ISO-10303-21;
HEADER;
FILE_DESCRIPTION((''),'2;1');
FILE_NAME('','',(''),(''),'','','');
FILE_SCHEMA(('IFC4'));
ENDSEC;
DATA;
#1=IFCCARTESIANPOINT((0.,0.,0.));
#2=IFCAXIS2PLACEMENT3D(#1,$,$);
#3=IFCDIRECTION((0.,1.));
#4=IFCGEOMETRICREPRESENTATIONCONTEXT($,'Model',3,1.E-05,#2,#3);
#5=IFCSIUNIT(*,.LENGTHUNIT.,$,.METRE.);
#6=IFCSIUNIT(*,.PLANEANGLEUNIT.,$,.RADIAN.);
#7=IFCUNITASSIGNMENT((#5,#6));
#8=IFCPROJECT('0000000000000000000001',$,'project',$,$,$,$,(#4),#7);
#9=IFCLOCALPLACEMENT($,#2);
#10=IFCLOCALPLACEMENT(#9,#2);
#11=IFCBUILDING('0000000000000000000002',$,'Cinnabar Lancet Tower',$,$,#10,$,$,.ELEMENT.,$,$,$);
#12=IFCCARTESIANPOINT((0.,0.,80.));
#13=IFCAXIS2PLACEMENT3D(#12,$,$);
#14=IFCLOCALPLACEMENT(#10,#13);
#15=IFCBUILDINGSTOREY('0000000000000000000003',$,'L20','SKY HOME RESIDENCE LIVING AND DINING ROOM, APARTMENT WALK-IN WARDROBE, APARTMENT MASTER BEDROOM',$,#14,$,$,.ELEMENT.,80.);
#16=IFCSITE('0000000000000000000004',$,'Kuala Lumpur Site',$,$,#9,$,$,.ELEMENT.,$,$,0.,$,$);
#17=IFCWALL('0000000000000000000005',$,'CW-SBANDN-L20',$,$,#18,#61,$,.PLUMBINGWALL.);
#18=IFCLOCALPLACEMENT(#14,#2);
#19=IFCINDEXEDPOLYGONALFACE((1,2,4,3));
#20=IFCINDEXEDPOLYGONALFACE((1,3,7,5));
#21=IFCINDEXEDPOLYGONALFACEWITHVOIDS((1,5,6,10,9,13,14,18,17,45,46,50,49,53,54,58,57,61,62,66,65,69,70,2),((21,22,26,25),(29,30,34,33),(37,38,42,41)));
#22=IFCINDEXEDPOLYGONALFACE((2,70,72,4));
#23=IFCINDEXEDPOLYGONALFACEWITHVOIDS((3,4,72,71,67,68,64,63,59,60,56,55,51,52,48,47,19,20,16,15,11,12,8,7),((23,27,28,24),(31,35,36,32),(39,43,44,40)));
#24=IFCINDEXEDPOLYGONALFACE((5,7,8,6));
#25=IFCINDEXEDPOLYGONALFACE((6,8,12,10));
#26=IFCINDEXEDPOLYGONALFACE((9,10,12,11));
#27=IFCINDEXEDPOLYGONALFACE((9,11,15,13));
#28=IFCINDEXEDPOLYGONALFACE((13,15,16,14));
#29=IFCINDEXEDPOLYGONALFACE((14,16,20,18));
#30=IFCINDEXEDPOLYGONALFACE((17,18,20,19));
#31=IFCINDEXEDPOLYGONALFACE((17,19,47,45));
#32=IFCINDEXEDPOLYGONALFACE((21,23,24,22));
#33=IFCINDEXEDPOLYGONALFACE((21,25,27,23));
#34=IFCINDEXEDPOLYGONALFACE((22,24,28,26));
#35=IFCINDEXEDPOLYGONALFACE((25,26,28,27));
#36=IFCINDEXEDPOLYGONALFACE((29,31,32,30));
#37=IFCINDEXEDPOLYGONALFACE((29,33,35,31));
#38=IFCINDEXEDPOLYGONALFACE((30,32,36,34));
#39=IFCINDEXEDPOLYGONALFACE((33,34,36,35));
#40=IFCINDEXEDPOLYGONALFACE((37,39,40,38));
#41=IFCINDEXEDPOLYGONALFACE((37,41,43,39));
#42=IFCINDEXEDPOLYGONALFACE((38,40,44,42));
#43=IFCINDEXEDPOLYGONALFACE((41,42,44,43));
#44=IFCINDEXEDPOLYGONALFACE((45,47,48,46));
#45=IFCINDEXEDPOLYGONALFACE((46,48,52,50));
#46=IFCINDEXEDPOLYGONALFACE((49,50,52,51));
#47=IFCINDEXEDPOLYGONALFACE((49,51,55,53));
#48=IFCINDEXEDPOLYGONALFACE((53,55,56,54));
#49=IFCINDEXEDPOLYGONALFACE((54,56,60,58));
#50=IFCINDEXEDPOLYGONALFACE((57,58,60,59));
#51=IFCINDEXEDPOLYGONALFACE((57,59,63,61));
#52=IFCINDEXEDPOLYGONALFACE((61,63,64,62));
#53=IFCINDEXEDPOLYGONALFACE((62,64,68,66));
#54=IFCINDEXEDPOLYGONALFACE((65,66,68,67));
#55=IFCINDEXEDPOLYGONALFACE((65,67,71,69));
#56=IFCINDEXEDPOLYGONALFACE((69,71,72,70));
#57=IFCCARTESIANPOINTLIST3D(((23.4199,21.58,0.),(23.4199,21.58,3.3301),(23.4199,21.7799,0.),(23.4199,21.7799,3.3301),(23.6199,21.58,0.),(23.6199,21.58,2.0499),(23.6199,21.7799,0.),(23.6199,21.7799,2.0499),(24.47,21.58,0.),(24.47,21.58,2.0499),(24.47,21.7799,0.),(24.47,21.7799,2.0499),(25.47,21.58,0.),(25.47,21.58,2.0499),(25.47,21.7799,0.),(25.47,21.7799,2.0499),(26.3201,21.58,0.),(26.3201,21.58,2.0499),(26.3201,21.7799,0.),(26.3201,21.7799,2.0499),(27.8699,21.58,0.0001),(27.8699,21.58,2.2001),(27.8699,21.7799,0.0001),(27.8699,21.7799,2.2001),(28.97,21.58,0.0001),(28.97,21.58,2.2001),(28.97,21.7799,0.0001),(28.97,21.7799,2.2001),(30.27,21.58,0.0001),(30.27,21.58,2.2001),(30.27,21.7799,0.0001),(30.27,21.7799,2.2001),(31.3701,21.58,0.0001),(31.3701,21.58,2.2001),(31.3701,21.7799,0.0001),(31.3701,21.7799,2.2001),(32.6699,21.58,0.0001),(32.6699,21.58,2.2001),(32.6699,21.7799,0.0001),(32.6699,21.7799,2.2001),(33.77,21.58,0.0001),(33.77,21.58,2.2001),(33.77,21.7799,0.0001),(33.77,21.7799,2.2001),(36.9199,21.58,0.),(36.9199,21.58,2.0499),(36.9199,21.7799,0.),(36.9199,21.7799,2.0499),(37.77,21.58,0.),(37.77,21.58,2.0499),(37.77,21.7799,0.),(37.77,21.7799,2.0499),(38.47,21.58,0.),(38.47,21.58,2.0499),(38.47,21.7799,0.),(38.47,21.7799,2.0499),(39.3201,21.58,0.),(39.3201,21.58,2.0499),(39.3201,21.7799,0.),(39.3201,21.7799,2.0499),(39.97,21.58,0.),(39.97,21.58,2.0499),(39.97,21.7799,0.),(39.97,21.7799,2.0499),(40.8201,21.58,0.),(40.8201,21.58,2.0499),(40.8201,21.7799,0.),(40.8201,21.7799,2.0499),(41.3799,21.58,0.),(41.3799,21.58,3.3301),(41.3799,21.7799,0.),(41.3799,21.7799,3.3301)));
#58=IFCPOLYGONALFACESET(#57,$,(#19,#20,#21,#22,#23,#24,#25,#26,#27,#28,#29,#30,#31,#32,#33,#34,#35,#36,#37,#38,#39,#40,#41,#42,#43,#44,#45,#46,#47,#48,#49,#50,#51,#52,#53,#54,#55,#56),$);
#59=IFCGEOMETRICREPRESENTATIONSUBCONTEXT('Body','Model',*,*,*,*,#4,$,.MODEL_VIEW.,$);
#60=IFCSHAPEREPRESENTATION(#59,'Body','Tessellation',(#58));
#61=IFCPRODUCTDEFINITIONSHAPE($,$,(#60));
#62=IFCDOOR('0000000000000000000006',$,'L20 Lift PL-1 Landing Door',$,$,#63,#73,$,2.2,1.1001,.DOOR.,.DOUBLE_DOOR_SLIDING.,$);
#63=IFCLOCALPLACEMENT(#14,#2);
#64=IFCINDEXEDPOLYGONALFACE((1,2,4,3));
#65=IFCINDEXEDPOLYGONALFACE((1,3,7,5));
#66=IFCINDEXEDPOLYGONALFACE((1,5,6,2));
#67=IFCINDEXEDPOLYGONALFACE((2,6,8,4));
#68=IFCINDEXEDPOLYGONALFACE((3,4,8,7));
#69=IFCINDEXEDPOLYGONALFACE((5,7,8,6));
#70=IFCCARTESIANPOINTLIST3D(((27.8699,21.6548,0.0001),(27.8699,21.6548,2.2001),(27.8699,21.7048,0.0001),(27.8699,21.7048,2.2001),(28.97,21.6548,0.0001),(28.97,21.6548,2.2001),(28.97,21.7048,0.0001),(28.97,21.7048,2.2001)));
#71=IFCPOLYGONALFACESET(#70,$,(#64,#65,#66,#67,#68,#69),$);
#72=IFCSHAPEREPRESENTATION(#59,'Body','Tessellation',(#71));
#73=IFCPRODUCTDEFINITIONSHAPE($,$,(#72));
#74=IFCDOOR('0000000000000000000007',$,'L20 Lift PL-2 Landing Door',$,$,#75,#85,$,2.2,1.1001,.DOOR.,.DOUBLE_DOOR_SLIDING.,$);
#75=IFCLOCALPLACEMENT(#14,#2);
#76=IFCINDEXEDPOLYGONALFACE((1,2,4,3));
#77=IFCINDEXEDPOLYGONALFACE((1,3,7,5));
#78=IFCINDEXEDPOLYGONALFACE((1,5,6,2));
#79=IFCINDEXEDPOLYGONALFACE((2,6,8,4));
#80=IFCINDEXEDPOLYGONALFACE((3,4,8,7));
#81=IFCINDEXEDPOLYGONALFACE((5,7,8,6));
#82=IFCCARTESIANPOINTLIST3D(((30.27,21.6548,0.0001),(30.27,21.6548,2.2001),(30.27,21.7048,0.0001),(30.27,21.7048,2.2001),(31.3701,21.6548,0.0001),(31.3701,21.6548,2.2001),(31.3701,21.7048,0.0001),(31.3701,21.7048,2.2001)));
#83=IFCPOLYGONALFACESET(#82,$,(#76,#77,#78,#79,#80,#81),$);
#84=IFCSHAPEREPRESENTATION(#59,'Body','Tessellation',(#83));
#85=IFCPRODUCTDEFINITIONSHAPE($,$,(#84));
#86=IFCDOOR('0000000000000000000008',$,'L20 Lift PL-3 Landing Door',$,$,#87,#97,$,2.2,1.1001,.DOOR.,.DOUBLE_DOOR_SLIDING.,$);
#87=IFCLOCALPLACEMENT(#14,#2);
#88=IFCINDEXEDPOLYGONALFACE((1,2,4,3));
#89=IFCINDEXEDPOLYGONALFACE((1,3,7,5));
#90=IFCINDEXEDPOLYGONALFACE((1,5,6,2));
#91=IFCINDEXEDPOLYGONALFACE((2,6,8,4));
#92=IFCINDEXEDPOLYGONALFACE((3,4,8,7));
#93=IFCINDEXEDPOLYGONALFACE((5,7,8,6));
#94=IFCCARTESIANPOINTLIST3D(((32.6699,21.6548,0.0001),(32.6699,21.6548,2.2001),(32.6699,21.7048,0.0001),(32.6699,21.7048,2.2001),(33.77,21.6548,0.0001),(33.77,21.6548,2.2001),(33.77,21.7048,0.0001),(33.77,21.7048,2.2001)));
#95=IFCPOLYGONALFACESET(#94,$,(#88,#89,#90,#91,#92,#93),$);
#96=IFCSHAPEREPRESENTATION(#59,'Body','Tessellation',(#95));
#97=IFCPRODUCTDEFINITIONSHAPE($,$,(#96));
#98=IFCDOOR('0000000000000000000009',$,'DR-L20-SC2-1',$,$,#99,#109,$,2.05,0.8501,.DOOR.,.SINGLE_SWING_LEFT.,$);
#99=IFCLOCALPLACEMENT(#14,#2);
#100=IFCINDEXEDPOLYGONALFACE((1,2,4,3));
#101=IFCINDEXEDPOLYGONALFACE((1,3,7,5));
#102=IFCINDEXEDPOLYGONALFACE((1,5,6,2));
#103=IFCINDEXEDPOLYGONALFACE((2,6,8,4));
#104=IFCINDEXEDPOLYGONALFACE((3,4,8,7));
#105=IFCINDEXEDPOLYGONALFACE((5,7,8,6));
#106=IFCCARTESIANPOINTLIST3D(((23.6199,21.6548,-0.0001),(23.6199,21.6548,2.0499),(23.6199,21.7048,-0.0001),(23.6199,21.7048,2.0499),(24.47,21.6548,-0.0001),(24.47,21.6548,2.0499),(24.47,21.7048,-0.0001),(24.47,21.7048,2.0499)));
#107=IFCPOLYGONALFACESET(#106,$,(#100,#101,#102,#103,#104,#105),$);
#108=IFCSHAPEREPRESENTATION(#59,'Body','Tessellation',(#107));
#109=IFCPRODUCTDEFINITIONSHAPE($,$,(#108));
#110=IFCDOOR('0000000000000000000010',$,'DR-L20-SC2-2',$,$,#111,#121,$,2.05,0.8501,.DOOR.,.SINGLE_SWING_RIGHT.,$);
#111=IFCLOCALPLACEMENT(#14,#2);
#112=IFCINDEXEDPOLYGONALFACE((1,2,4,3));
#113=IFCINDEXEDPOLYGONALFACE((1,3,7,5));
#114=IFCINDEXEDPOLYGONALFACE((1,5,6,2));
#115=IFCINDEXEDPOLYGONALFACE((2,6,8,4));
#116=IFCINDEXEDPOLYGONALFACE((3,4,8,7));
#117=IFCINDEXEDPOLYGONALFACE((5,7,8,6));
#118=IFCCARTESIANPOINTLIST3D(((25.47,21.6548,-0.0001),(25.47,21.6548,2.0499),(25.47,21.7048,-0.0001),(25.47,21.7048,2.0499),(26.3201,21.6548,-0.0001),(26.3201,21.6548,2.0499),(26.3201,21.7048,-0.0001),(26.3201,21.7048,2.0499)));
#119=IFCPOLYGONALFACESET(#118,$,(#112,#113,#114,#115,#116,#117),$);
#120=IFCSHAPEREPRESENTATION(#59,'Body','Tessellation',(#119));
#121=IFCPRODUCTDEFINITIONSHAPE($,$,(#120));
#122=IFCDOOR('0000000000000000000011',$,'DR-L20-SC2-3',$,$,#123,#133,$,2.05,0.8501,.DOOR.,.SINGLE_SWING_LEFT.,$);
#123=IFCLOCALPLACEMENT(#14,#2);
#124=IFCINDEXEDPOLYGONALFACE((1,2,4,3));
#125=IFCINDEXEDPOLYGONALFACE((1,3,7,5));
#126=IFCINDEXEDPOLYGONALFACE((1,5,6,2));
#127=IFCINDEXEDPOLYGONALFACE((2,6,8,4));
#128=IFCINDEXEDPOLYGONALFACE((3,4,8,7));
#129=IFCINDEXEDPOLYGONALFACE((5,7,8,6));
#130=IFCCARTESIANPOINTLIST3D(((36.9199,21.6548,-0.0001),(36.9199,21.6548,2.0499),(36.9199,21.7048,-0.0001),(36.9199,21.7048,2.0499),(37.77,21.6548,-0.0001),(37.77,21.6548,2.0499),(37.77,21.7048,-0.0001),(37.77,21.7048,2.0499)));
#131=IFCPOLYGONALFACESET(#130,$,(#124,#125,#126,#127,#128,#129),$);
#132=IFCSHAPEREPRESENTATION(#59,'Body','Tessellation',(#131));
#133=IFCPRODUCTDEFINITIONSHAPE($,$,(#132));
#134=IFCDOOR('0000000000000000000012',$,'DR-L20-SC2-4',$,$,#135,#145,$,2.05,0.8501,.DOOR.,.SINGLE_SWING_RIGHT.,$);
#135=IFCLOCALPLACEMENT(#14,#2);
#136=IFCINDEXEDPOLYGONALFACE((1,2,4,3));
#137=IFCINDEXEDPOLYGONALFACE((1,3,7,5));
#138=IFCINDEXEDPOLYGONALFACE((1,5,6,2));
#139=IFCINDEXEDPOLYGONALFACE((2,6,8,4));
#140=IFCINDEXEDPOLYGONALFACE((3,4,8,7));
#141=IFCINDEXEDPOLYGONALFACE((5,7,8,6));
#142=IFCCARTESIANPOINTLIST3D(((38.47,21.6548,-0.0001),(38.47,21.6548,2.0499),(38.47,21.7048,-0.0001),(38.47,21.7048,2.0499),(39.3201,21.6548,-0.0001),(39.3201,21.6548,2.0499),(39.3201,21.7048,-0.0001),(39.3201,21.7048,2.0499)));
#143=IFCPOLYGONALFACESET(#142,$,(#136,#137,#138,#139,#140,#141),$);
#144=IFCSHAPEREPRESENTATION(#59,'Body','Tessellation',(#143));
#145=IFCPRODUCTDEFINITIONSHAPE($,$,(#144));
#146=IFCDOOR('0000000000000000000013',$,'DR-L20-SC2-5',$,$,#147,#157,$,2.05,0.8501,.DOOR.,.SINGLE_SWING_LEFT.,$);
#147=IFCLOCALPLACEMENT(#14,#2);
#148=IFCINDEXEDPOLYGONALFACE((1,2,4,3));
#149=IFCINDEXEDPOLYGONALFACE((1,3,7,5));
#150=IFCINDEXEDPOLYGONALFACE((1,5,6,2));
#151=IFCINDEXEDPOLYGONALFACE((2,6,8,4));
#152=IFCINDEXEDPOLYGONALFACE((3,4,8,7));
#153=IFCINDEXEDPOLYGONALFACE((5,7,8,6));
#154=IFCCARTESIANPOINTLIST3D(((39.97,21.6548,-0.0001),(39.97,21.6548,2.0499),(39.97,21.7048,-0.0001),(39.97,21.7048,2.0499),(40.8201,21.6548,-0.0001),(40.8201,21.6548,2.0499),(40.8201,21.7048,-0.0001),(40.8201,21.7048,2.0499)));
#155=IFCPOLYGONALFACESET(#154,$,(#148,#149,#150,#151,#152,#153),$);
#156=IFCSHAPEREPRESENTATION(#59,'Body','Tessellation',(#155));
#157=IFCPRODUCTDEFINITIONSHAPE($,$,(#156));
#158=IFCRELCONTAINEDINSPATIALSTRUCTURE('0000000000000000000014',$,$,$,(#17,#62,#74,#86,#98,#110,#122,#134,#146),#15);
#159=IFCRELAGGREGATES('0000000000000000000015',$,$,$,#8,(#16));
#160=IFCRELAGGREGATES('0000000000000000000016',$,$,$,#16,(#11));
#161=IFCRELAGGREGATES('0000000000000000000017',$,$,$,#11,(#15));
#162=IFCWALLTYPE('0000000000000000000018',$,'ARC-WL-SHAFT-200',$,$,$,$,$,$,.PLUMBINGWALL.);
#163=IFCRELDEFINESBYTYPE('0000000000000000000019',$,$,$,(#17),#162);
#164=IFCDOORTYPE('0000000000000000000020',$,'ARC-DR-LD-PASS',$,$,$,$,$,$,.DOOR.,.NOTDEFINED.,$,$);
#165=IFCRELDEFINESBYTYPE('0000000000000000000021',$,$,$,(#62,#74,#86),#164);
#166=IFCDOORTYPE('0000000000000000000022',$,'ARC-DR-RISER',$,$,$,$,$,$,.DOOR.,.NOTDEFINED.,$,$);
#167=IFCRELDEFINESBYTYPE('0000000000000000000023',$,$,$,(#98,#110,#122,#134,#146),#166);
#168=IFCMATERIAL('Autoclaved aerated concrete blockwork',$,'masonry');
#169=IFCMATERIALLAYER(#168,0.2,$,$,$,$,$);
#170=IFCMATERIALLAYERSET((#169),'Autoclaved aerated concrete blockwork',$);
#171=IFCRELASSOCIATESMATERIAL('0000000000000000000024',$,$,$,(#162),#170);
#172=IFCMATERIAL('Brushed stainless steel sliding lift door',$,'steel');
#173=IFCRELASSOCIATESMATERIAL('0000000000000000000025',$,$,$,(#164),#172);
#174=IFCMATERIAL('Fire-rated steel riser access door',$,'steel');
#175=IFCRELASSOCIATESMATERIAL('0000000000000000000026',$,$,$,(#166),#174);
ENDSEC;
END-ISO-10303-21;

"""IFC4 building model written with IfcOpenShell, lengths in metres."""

from ifc_helpers import new_model, si_unit, direction, frame, frame_2d, origin, place, context, subcontext, project, spatial, rectangle, extrude, material, layer, layer_set, type_object, element, fill, save


model = new_model("IFC4")

# Units and contexts
model_context = context("Model", 3, precision=1e-05, world=origin(), true_north=direction((0.0, 1.0)))
body_context = subcontext(model_context, "Body", "Model", "MODEL_VIEW")
ifc_project = project(units=[si_unit("LENGTHUNIT", "METRE"), si_unit("PLANEANGLEUNIT", "RADIAN")], contexts=[model_context])

# Site, building, storey
site_placement = place(None, origin())
site = spatial("IfcSite", under=ifc_project, at=site_placement, Name="Kuala Lumpur Site", CompositionType="ELEMENT", RefElevation=0.0)
building_placement = place(site_placement, origin())
building = spatial("IfcBuilding", under=site, at=building_placement, Name="Cinnabar Lancet Tower", CompositionType="ELEMENT")
storey_placement = place(building_placement, frame((0.0, 0.0, 80.0)))
storey = spatial("IfcBuildingStorey", under=building, at=storey_placement, Name="L20", Description="SKY HOME RESIDENCE LIVING AND DINING ROOM, APARTMENT WALK-IN WARDROBE, APARTMENT MASTER BEDROOM", CompositionType="ELEMENT", Elevation=80.0)

# Shared definitions
ifc_material_1 = material(Name="Autoclaved aerated concrete blockwork", Category="masonry")
ifc_layer_1 = layer(ifc_material_1, 0.2)
ifc_layer_set_1 = layer_set([ifc_layer_1], Name="Autoclaved aerated concrete blockwork")
wall_type_1 = type_object("IfcWallType", Name="ARC-WL-SHAFT-200", PredefinedType="PLUMBINGWALL", material=ifc_layer_set_1)

# Wall, openings, doors
wall_1_placement = place(storey_placement, frame((23.4199, 21.6799, 0.0), z_axis=(0.0, 0.0, 1.0), x_axis=(1.0, 0.0, 0.0)))
wall_1 = element("IfcWall", 1, at=wall_1_placement, inside=storey, type_object=wall_type_1, Name="CW-SBANDN-L20", PredefinedType="PLUMBINGWALL", context=body_context, shape_type="SweptSolid", body=[
    extrude(rectangle(XDim=17.96, YDim=0.2, at=frame_2d((8.98, 0.0))), origin(), (0.0, 0.0, 1.0), 3.3301),
])
opening_1_placement = place(wall_1_placement, frame((4.45, 0.0, 0.0)))
opening_1 = element("IfcOpeningElement", 2, at=opening_1_placement, cuts=wall_1, PredefinedType="OPENING", context=body_context, shape_type="SweptSolid", body=[
    extrude(rectangle(XDim=1.1001, YDim=2.2, at=frame_2d((0.55, 1.1001))), frame((0.0, 0.1099, 0.0), z_axis=(0.0, -1.0, 0.0), x_axis=(1.0, 0.0, 0.0)), (0.0, 0.0, 1.0), 0.22),
])
opening_2_placement = place(wall_1_placement, frame((6.8501, 0.0, 0.0)))
opening_2 = element("IfcOpeningElement", 3, at=opening_2_placement, cuts=wall_1, PredefinedType="OPENING", context=body_context, shape_type="SweptSolid", body=[
    extrude(rectangle(XDim=1.1001, YDim=2.2, at=frame_2d((0.55, 1.1001))), frame((0.0, 0.1099, 0.0), z_axis=(0.0, -1.0, 0.0), x_axis=(1.0, 0.0, 0.0)), (0.0, 0.0, 1.0), 0.22),
])
opening_3_placement = place(wall_1_placement, frame((9.25, 0.0, 0.0)))
opening_3 = element("IfcOpeningElement", 4, at=opening_3_placement, cuts=wall_1, PredefinedType="OPENING", context=body_context, shape_type="SweptSolid", body=[
    extrude(rectangle(XDim=1.1001, YDim=2.2, at=frame_2d((0.55, 1.1001))), frame((0.0, 0.1099, 0.0), z_axis=(0.0, -1.0, 0.0), x_axis=(1.0, 0.0, 0.0)), (0.0, 0.0, 1.0), 0.22),
])
opening_4_placement = place(wall_1_placement, frame((0.2, 0.0, 0.0)))
opening_4 = element("IfcOpeningElement", 5, at=opening_4_placement, cuts=wall_1, PredefinedType="OPENING", context=body_context, shape_type="SweptSolid", body=[
    extrude(rectangle(XDim=0.8501, YDim=2.05, at=frame_2d((0.425, 1.0249))), frame((0.0, 0.1099, 0.0), z_axis=(0.0, -1.0, 0.0), x_axis=(1.0, 0.0, 0.0)), (0.0, 0.0, 1.0), 0.22),
])
opening_5_placement = place(wall_1_placement, frame((2.05, 0.0, 0.0)))
opening_5 = element("IfcOpeningElement", 6, at=opening_5_placement, cuts=wall_1, PredefinedType="OPENING", context=body_context, shape_type="SweptSolid", body=[
    extrude(rectangle(XDim=0.8501, YDim=2.05, at=frame_2d((0.425, 1.0249))), frame((0.0, 0.1099, 0.0), z_axis=(0.0, -1.0, 0.0), x_axis=(1.0, 0.0, 0.0)), (0.0, 0.0, 1.0), 0.22),
])
opening_6_placement = place(wall_1_placement, frame((13.5, 0.0, 0.0)))
opening_6 = element("IfcOpeningElement", 7, at=opening_6_placement, cuts=wall_1, PredefinedType="OPENING", context=body_context, shape_type="SweptSolid", body=[
    extrude(rectangle(XDim=0.8501, YDim=2.05, at=frame_2d((0.425, 1.0249))), frame((0.0, 0.1099, 0.0), z_axis=(0.0, -1.0, 0.0), x_axis=(1.0, 0.0, 0.0)), (0.0, 0.0, 1.0), 0.22),
])
opening_7_placement = place(wall_1_placement, frame((15.05, 0.0, 0.0)))
opening_7 = element("IfcOpeningElement", 8, at=opening_7_placement, cuts=wall_1, PredefinedType="OPENING", context=body_context, shape_type="SweptSolid", body=[
    extrude(rectangle(XDim=0.8501, YDim=2.05, at=frame_2d((0.425, 1.0249))), frame((0.0, 0.1099, 0.0), z_axis=(0.0, -1.0, 0.0), x_axis=(1.0, 0.0, 0.0)), (0.0, 0.0, 1.0), 0.22),
])
opening_8_placement = place(wall_1_placement, frame((16.55, 0.0, 0.0)))
opening_8 = element("IfcOpeningElement", 9, at=opening_8_placement, cuts=wall_1, PredefinedType="OPENING", context=body_context, shape_type="SweptSolid", body=[
    extrude(rectangle(XDim=0.8501, YDim=2.05, at=frame_2d((0.425, 1.0249))), frame((0.0, 0.1099, 0.0), z_axis=(0.0, -1.0, 0.0), x_axis=(1.0, 0.0, 0.0)), (0.0, 0.0, 1.0), 0.22),
])
ifc_material_2 = material(Name="Brushed stainless steel sliding lift door", Category="steel")
door_type_1 = type_object("IfcDoorType", Name="ARC-DR-LD-PASS", OperationType="NOTDEFINED", PredefinedType="DOOR", material=ifc_material_2)
door_1_placement = place(opening_1_placement, origin())
door_1 = element("IfcDoor", 10, at=door_1_placement, inside=storey, type_object=door_type_1, Name="L20 Lift PL-1 Landing Door", OperationType="DOUBLE_DOOR_SLIDING", OverallHeight=2.2, OverallWidth=1.1001, PredefinedType="DOOR", context=body_context, shape_type="SweptSolid", body=[
    extrude(rectangle(XDim=1.1001, YDim=2.2, at=frame_2d((0.55, 1.1001))), frame((0.0, 0.0249, 0.0), z_axis=(0.0, -1.0, 0.0), x_axis=(1.0, 0.0, 0.0)), (0.0, 0.0, 1.0), 0.05),
])
fill(opening_1, door_1)
door_2_placement = place(opening_2_placement, origin())
door_2 = element("IfcDoor", 11, at=door_2_placement, inside=storey, type_object=door_type_1, Name="L20 Lift PL-2 Landing Door", OperationType="DOUBLE_DOOR_SLIDING", OverallHeight=2.2, OverallWidth=1.1001, PredefinedType="DOOR", context=body_context, shape_type="SweptSolid", body=[
    extrude(rectangle(XDim=1.1001, YDim=2.2, at=frame_2d((0.55, 1.1001))), frame((0.0, 0.0249, 0.0), z_axis=(0.0, -1.0, 0.0), x_axis=(1.0, 0.0, 0.0)), (0.0, 0.0, 1.0), 0.05),
])
fill(opening_2, door_2)
door_3_placement = place(opening_3_placement, origin())
door_3 = element("IfcDoor", 12, at=door_3_placement, inside=storey, type_object=door_type_1, Name="L20 Lift PL-3 Landing Door", OperationType="DOUBLE_DOOR_SLIDING", OverallHeight=2.2, OverallWidth=1.1001, PredefinedType="DOOR", context=body_context, shape_type="SweptSolid", body=[
    extrude(rectangle(XDim=1.1001, YDim=2.2, at=frame_2d((0.55, 1.1001))), frame((0.0, 0.0249, 0.0), z_axis=(0.0, -1.0, 0.0), x_axis=(1.0, 0.0, 0.0)), (0.0, 0.0, 1.0), 0.05),
])
fill(opening_3, door_3)
ifc_material_3 = material(Name="Fire-rated steel riser access door", Category="steel")
door_type_2 = type_object("IfcDoorType", Name="ARC-DR-RISER", OperationType="NOTDEFINED", PredefinedType="DOOR", material=ifc_material_3)
door_4_placement = place(opening_4_placement, origin())
door_4 = element("IfcDoor", 13, at=door_4_placement, inside=storey, type_object=door_type_2, Name="DR-L20-SC2-1", OperationType="SINGLE_SWING_LEFT", OverallHeight=2.05, OverallWidth=0.8501, PredefinedType="DOOR", context=body_context, shape_type="SweptSolid", body=[
    extrude(rectangle(XDim=0.8501, YDim=2.05, at=frame_2d((0.425, 1.0249))), frame((0.0, 0.0249, 0.0), z_axis=(0.0, -1.0, 0.0), x_axis=(1.0, 0.0, 0.0)), (0.0, 0.0, 1.0), 0.05),
])
fill(opening_4, door_4)
door_5_placement = place(opening_5_placement, origin())
door_5 = element("IfcDoor", 14, at=door_5_placement, inside=storey, type_object=door_type_2, Name="DR-L20-SC2-2", OperationType="SINGLE_SWING_RIGHT", OverallHeight=2.05, OverallWidth=0.8501, PredefinedType="DOOR", context=body_context, shape_type="SweptSolid", body=[
    extrude(rectangle(XDim=0.8501, YDim=2.05, at=frame_2d((0.425, 1.0249))), frame((0.0, 0.0249, 0.0), z_axis=(0.0, -1.0, 0.0), x_axis=(1.0, 0.0, 0.0)), (0.0, 0.0, 1.0), 0.05),
])
fill(opening_5, door_5)
door_6_placement = place(opening_6_placement, origin())
door_6 = element("IfcDoor", 15, at=door_6_placement, inside=storey, type_object=door_type_2, Name="DR-L20-SC2-3", OperationType="SINGLE_SWING_LEFT", OverallHeight=2.05, OverallWidth=0.8501, PredefinedType="DOOR", context=body_context, shape_type="SweptSolid", body=[
    extrude(rectangle(XDim=0.8501, YDim=2.05, at=frame_2d((0.425, 1.0249))), frame((0.0, 0.0249, 0.0), z_axis=(0.0, -1.0, 0.0), x_axis=(1.0, 0.0, 0.0)), (0.0, 0.0, 1.0), 0.05),
])
fill(opening_6, door_6)
door_7_placement = place(opening_7_placement, origin())
door_7 = element("IfcDoor", 16, at=door_7_placement, inside=storey, type_object=door_type_2, Name="DR-L20-SC2-4", OperationType="SINGLE_SWING_RIGHT", OverallHeight=2.05, OverallWidth=0.8501, PredefinedType="DOOR", context=body_context, shape_type="SweptSolid", body=[
    extrude(rectangle(XDim=0.8501, YDim=2.05, at=frame_2d((0.425, 1.0249))), frame((0.0, 0.0249, 0.0), z_axis=(0.0, -1.0, 0.0), x_axis=(1.0, 0.0, 0.0)), (0.0, 0.0, 1.0), 0.05),
])
fill(opening_7, door_7)
door_8_placement = place(opening_8_placement, origin())
door_8 = element("IfcDoor", 17, at=door_8_placement, inside=storey, type_object=door_type_2, Name="DR-L20-SC2-5", OperationType="SINGLE_SWING_LEFT", OverallHeight=2.05, OverallWidth=0.8501, PredefinedType="DOOR", context=body_context, shape_type="SweptSolid", body=[
    extrude(rectangle(XDim=0.8501, YDim=2.05, at=frame_2d((0.425, 1.0249))), frame((0.0, 0.0249, 0.0), z_axis=(0.0, -1.0, 0.0), x_axis=(1.0, 0.0, 0.0)), (0.0, 0.0, 1.0), 0.05),
])
fill(opening_8, door_8)

save(model, "model.ifc")
